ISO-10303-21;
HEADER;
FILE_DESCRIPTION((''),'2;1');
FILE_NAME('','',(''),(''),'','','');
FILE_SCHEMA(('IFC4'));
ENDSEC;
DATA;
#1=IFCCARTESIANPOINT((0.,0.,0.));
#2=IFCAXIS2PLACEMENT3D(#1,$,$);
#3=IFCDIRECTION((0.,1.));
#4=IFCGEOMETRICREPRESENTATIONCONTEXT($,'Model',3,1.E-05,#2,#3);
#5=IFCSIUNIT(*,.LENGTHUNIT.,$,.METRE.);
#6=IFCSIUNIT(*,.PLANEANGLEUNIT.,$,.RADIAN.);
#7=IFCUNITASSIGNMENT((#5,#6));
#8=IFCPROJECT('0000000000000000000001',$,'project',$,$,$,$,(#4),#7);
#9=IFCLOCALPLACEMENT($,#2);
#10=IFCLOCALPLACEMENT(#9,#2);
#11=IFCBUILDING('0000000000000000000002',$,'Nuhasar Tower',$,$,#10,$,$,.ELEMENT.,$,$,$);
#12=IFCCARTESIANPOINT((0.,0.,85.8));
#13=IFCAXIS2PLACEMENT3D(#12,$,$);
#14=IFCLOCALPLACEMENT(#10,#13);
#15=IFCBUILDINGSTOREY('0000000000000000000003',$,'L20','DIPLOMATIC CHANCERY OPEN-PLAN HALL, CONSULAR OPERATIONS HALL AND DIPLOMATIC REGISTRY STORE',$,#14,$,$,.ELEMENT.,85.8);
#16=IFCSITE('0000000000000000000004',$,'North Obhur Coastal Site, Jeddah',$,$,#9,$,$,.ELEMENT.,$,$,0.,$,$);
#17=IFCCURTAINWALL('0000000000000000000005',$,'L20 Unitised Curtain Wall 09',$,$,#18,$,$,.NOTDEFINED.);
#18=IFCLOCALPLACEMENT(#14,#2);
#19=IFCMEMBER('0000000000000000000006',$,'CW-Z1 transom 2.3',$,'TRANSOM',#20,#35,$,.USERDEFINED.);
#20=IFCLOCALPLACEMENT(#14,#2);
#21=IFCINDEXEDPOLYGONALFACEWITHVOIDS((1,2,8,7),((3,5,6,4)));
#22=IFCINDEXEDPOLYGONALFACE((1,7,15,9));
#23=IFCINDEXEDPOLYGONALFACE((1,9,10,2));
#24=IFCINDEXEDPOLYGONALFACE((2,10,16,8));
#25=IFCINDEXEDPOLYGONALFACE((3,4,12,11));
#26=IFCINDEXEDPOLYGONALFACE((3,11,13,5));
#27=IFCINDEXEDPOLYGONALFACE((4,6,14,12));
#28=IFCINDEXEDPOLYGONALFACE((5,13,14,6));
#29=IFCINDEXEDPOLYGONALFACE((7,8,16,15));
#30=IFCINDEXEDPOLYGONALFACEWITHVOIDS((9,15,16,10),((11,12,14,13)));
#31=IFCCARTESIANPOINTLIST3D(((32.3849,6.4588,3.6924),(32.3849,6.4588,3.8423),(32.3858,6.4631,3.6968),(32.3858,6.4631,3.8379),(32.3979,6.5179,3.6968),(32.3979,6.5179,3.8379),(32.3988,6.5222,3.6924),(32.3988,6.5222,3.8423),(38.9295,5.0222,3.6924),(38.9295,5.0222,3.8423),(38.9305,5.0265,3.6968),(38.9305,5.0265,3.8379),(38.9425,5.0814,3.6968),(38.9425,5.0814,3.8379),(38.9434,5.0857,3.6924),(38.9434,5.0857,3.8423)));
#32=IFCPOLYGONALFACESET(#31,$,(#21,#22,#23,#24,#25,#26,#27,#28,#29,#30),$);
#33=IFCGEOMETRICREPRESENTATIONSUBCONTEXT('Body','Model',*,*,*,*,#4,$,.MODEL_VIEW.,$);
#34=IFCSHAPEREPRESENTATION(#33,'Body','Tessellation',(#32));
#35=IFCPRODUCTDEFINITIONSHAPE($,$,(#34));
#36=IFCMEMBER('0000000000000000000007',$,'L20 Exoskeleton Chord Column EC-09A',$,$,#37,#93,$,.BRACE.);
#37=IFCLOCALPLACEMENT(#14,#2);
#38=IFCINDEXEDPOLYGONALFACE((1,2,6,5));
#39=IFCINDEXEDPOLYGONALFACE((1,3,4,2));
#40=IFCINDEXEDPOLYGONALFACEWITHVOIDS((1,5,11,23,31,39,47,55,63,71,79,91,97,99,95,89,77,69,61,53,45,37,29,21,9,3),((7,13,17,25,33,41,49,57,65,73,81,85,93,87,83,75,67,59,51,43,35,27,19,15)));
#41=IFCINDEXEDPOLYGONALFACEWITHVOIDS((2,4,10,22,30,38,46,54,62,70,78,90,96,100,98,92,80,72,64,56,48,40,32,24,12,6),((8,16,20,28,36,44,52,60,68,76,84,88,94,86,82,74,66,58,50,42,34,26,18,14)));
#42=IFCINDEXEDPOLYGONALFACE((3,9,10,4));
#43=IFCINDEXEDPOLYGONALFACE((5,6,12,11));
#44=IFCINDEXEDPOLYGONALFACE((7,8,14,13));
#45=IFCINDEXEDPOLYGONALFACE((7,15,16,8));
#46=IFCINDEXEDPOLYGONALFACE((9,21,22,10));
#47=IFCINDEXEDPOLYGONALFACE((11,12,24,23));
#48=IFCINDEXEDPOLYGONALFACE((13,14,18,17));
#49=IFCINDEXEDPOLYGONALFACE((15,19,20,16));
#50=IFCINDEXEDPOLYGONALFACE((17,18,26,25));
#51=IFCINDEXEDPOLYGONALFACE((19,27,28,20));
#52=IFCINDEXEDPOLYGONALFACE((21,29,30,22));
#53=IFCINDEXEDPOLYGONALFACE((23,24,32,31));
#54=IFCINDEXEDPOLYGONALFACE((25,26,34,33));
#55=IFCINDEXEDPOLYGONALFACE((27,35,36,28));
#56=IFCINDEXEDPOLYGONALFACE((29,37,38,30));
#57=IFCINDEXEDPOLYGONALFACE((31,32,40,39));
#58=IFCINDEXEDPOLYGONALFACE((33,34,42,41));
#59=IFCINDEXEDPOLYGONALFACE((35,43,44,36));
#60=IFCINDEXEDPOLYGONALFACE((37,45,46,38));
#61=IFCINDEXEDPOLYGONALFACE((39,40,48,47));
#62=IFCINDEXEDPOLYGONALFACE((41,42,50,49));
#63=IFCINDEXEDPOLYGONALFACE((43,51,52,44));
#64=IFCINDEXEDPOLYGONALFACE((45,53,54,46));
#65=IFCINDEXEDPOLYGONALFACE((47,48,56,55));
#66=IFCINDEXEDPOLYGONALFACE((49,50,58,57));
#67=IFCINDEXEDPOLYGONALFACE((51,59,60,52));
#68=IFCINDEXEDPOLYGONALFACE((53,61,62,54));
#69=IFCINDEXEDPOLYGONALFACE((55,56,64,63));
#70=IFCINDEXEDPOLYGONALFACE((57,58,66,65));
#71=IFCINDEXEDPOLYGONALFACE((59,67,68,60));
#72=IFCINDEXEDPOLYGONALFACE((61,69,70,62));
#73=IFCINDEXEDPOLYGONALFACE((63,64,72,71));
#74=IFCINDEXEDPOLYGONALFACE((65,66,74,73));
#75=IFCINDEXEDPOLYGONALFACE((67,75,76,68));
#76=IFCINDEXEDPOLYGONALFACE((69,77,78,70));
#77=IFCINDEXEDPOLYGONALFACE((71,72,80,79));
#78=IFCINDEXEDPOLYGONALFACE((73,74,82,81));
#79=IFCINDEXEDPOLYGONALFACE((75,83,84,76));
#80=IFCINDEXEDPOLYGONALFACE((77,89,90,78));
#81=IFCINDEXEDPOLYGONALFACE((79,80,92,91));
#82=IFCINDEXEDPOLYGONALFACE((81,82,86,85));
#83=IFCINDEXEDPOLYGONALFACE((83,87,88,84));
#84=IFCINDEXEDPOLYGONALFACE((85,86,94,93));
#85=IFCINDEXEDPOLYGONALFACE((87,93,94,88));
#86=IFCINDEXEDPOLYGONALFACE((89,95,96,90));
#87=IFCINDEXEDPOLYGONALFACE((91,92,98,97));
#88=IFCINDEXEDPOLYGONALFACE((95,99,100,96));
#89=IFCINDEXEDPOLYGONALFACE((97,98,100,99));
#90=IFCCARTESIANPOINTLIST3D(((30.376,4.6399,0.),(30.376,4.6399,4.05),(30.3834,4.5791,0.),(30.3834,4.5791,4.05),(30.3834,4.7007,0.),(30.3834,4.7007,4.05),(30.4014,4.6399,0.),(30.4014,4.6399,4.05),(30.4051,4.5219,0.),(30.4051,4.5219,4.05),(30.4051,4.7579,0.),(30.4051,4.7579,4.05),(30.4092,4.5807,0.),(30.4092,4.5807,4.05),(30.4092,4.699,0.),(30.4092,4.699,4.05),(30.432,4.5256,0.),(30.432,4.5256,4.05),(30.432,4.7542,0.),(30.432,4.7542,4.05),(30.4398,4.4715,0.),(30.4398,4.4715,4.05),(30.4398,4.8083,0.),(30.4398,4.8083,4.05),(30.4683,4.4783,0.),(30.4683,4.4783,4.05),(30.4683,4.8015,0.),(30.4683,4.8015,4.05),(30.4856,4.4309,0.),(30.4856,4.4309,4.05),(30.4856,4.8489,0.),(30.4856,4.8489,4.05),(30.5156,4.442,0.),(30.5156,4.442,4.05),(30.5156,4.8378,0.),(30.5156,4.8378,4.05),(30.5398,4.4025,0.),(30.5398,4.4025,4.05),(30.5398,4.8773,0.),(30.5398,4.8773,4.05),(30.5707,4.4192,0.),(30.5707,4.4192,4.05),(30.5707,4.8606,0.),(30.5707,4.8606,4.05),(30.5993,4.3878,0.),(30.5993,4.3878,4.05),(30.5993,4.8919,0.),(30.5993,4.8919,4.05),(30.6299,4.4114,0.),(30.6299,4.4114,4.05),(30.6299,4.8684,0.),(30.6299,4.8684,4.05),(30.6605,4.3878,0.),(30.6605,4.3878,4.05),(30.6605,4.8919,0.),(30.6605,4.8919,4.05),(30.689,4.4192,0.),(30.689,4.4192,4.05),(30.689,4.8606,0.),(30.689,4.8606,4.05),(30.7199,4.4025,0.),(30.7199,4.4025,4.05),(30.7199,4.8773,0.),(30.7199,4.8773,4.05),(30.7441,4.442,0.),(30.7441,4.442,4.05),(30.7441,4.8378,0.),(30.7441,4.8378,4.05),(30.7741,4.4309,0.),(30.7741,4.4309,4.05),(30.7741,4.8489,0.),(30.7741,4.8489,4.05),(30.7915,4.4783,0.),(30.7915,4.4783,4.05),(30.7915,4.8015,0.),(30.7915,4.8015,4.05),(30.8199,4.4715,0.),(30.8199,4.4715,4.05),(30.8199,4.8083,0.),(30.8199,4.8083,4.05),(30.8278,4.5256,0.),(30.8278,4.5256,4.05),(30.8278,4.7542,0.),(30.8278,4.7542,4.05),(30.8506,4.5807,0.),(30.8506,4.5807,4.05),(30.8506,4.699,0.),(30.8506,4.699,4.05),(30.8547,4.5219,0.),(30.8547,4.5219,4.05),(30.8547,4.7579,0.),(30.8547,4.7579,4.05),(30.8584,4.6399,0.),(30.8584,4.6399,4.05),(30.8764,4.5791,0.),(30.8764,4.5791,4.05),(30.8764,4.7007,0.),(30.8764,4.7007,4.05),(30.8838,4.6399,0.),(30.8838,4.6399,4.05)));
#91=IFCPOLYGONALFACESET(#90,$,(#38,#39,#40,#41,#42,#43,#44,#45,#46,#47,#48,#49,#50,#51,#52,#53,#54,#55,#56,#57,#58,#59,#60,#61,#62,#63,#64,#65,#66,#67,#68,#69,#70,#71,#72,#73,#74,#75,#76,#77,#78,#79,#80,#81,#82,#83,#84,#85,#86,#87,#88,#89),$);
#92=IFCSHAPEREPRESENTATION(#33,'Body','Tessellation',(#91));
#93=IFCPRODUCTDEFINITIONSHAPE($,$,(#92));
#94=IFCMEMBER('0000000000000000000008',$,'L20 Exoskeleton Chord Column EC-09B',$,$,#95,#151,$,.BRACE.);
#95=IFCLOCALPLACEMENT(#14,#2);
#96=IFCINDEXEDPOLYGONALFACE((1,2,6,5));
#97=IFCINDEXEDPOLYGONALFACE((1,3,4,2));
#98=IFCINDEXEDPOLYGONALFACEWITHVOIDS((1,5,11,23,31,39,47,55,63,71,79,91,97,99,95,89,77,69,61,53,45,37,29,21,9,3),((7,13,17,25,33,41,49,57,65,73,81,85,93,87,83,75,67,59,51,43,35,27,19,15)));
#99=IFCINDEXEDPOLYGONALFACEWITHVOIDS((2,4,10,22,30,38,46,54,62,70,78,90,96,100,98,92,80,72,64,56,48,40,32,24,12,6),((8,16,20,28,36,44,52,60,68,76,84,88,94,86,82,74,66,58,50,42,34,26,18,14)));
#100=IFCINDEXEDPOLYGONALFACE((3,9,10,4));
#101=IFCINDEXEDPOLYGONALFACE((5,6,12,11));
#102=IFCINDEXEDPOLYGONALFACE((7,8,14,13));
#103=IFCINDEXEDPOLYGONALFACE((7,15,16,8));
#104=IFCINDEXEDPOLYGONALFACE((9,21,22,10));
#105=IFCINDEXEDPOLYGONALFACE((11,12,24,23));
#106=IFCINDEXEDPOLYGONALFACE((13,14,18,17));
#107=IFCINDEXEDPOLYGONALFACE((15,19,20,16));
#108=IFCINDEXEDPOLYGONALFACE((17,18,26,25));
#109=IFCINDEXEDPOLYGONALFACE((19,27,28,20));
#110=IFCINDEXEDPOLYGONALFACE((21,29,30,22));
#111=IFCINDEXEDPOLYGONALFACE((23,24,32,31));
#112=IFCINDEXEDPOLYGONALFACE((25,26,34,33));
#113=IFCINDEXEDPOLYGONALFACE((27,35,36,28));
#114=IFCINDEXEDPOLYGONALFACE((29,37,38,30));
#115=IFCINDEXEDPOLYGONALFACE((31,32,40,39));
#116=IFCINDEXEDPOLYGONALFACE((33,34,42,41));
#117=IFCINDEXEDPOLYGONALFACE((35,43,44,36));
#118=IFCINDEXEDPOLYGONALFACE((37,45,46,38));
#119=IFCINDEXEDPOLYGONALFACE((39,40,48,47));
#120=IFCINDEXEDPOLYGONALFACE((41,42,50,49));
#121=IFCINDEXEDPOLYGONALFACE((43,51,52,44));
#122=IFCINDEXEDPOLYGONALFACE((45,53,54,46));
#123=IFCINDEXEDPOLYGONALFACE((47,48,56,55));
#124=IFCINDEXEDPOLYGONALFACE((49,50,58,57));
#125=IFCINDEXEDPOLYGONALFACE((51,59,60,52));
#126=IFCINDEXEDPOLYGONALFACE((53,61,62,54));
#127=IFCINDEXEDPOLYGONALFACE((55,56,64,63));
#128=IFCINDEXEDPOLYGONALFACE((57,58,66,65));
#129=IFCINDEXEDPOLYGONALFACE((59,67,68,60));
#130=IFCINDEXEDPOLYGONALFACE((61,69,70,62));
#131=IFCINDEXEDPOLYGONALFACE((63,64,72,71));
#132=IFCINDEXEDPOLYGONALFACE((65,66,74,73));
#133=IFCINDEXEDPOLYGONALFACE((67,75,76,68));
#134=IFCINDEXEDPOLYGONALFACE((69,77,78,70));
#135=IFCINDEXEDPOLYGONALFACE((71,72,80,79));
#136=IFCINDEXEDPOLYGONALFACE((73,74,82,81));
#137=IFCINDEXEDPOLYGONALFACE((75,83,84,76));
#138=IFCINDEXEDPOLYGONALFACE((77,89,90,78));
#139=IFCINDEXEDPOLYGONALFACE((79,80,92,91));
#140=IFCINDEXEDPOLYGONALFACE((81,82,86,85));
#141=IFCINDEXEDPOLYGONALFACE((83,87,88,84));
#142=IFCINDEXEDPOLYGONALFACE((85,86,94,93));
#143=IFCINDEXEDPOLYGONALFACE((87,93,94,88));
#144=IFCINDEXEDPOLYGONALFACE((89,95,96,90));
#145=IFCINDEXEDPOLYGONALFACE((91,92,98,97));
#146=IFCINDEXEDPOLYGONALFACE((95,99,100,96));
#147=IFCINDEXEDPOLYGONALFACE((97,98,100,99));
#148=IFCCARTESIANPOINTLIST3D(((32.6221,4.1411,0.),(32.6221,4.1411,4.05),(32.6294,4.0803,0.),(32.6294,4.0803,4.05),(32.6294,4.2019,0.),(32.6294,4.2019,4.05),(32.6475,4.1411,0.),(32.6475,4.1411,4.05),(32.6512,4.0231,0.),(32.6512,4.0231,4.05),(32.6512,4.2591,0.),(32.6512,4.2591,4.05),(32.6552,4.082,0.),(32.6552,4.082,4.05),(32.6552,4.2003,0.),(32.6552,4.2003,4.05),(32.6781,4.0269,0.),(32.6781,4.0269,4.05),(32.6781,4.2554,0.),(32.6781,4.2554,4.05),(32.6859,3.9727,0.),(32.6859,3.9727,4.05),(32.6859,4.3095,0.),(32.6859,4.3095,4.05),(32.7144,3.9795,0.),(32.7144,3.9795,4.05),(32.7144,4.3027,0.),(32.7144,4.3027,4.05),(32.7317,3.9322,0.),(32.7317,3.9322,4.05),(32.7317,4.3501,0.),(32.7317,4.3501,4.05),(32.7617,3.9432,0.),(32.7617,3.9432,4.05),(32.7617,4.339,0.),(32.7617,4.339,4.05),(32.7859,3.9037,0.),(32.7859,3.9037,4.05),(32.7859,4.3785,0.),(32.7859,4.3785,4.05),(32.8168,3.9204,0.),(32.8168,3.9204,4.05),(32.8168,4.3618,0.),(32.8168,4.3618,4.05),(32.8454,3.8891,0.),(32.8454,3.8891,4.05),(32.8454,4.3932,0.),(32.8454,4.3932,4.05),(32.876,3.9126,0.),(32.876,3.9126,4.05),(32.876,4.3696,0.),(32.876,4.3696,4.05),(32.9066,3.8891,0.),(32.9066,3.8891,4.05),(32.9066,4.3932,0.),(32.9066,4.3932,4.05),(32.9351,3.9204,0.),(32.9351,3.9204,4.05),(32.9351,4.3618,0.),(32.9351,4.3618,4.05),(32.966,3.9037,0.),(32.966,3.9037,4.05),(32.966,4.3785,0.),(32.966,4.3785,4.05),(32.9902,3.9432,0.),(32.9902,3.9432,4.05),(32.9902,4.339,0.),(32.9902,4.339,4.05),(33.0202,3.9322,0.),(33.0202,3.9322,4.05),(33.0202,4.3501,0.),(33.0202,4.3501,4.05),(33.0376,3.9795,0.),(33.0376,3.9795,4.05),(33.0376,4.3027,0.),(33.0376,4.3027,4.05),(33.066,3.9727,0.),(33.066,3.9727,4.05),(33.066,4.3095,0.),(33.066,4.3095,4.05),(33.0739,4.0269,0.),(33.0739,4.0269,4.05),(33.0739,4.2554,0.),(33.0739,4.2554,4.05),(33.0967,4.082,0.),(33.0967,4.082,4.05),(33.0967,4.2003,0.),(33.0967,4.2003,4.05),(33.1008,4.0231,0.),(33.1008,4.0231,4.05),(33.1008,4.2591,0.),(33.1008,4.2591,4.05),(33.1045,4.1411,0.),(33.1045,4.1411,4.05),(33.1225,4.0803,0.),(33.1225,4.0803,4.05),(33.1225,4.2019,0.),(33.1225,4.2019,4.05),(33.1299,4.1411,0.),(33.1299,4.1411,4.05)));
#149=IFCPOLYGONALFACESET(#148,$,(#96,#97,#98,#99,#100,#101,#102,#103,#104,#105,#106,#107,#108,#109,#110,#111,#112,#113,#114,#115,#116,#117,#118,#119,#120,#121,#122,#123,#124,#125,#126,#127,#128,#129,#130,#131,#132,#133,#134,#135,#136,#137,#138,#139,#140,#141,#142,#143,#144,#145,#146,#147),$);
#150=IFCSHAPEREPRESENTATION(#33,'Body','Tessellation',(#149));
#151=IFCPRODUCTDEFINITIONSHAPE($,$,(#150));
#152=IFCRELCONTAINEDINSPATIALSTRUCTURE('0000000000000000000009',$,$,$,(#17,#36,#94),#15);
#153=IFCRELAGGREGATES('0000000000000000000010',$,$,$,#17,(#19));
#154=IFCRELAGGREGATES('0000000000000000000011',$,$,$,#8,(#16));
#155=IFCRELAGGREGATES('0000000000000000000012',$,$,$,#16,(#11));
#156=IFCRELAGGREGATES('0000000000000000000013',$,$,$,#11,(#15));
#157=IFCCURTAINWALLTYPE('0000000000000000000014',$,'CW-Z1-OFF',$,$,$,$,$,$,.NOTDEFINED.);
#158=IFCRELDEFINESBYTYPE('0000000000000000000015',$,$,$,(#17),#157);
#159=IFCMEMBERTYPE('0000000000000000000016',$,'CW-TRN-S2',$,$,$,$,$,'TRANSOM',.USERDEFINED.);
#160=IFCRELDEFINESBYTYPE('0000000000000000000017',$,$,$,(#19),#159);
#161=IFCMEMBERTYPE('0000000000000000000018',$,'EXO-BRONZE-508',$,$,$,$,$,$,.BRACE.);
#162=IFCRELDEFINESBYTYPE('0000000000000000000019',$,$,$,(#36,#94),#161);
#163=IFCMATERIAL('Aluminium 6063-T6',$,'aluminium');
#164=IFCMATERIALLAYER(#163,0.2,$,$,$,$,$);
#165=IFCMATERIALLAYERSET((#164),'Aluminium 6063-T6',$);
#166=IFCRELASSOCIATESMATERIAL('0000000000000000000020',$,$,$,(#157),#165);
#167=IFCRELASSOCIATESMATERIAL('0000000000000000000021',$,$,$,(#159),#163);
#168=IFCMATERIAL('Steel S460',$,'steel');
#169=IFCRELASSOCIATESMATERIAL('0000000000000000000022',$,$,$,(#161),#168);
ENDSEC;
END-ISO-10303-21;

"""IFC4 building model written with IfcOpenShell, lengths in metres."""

from ifc_helpers import new_model, si_unit, direction, frame, origin, origin_2d, place, context, subcontext, project, spatial, hollow_rectangle, hollow_circle, extrude, material, layer, layer_set, material_profile, profile_set, type_object, element, aggregate, save


model = new_model("IFC4")

# Units and contexts
model_context = context("Model", 3, precision=1e-05, world=origin(), true_north=direction((0.0, 1.0)))
body_context = subcontext(model_context, "Body", "Model", "MODEL_VIEW")
ifc_project = project(units=[si_unit("LENGTHUNIT", "METRE"), si_unit("PLANEANGLEUNIT", "RADIAN")], contexts=[model_context])

# Site, building, storey
site_placement = place(None, origin())
site = spatial("IfcSite", under=ifc_project, at=site_placement, Name="North Obhur Coastal Site, Jeddah", CompositionType="ELEMENT", RefElevation=0.0)
building_placement = place(site_placement, origin())
building = spatial("IfcBuilding", under=site, at=building_placement, Name="Nuhasar Tower", CompositionType="ELEMENT")
storey_placement = place(building_placement, frame((0.0, 0.0, 85.8)))
storey = spatial("IfcBuildingStorey", under=building, at=storey_placement, Name="L20", Description="DIPLOMATIC CHANCERY OPEN-PLAN HALL, CONSULAR OPERATIONS HALL AND DIPLOMATIC REGISTRY STORE", CompositionType="ELEMENT", Elevation=85.8)

# Curtain wall, member
ifc_material_1 = material(Name="Aluminium 6063-T6", Category="aluminium")
ifc_layer_1 = layer(ifc_material_1, 0.2)
ifc_layer_set_1 = layer_set([ifc_layer_1], Name="Aluminium 6063-T6")
curtain_wall_type = type_object("IfcCurtainWallType", Name="CW-Z1-OFF", PredefinedType="NOTDEFINED", material=ifc_layer_set_1)
curtain_wall_placement = place(storey_placement, origin())
curtain_wall = element("IfcCurtainWall", 1, at=curtain_wall_placement, inside=storey, type_object=curtain_wall_type, Name="L20 Unitised Curtain Wall 09", PredefinedType="NOTDEFINED")
ifc_material_profile_1 = material_profile(ifc_material_1, hollow_rectangle(XDim=0.0649, YDim=0.1499, WallThickness=0.0044, at=origin_2d()), Name="CWT-2")
ifc_profile_set_1 = profile_set([ifc_material_profile_1], Name="Aluminium 6063-T6")
member_type_1 = type_object("IfcMemberType", Name="CW-TRN-S2", ElementType="TRANSOM", PredefinedType="USERDEFINED", material=ifc_profile_set_1)
member_1_placement = place(storey_placement, frame((32.3918, 6.4905, 3.7673), z_axis=(0.976748, -0.214391, 0.0), x_axis=(0.214391, 0.976748, 0.0)))
member_1 = element("IfcMember", 2, at=member_1_placement, type_object=member_type_1, Name="CW-Z1 transom 2.3", ObjectType="TRANSOM", PredefinedType="USERDEFINED", context=body_context, shape_type="SweptSolid", body=[
    extrude(hollow_rectangle(XDim=0.0649, YDim=0.1499, WallThickness=0.0044, at=origin_2d()), origin(), (0.0, 0.0, 1.0), 6.7004),
])

# Members
ifc_material_2 = material(Name="Steel S460", Category="steel")
ifc_material_profile_2 = material_profile(ifc_material_2, hollow_circle(Radius=0.2539, WallThickness=0.0254, at=origin_2d()), Name="HSS508X25.4")
ifc_profile_set_2 = profile_set([ifc_material_profile_2], Name="Steel S460")
member_type_2 = type_object("IfcMemberType", Name="EXO-BRONZE-508", PredefinedType="BRACE", material=ifc_profile_set_2)
for number, where, z_axis, x_axis, name in (
    (3, (30.6299, 4.6399, 0.0), (0.0, 0.0, 1.0), (1.0, 0.0, 0.0), "L20 Exoskeleton Chord Column EC-09A"),
    (4, (32.876, 4.1411, 0.0), (0.0, 0.0, 1.0), (1.0, 0.0, 0.0), "L20 Exoskeleton Chord Column EC-09B"),
):
    element("IfcMember", number, at=place(storey_placement, frame(where, z_axis=z_axis, x_axis=x_axis)), inside=storey, type_object=member_type_2, Name=name, PredefinedType="BRACE", context=body_context, shape_type="SweptSolid", body=[
        extrude(hollow_circle(Radius=0.2539, WallThickness=0.0254, at=origin_2d()), origin(), (0.0, 0.0, 1.0), 4.05),
    ])

aggregate(curtain_wall, [member_1])

save(model, "model.ifc")
